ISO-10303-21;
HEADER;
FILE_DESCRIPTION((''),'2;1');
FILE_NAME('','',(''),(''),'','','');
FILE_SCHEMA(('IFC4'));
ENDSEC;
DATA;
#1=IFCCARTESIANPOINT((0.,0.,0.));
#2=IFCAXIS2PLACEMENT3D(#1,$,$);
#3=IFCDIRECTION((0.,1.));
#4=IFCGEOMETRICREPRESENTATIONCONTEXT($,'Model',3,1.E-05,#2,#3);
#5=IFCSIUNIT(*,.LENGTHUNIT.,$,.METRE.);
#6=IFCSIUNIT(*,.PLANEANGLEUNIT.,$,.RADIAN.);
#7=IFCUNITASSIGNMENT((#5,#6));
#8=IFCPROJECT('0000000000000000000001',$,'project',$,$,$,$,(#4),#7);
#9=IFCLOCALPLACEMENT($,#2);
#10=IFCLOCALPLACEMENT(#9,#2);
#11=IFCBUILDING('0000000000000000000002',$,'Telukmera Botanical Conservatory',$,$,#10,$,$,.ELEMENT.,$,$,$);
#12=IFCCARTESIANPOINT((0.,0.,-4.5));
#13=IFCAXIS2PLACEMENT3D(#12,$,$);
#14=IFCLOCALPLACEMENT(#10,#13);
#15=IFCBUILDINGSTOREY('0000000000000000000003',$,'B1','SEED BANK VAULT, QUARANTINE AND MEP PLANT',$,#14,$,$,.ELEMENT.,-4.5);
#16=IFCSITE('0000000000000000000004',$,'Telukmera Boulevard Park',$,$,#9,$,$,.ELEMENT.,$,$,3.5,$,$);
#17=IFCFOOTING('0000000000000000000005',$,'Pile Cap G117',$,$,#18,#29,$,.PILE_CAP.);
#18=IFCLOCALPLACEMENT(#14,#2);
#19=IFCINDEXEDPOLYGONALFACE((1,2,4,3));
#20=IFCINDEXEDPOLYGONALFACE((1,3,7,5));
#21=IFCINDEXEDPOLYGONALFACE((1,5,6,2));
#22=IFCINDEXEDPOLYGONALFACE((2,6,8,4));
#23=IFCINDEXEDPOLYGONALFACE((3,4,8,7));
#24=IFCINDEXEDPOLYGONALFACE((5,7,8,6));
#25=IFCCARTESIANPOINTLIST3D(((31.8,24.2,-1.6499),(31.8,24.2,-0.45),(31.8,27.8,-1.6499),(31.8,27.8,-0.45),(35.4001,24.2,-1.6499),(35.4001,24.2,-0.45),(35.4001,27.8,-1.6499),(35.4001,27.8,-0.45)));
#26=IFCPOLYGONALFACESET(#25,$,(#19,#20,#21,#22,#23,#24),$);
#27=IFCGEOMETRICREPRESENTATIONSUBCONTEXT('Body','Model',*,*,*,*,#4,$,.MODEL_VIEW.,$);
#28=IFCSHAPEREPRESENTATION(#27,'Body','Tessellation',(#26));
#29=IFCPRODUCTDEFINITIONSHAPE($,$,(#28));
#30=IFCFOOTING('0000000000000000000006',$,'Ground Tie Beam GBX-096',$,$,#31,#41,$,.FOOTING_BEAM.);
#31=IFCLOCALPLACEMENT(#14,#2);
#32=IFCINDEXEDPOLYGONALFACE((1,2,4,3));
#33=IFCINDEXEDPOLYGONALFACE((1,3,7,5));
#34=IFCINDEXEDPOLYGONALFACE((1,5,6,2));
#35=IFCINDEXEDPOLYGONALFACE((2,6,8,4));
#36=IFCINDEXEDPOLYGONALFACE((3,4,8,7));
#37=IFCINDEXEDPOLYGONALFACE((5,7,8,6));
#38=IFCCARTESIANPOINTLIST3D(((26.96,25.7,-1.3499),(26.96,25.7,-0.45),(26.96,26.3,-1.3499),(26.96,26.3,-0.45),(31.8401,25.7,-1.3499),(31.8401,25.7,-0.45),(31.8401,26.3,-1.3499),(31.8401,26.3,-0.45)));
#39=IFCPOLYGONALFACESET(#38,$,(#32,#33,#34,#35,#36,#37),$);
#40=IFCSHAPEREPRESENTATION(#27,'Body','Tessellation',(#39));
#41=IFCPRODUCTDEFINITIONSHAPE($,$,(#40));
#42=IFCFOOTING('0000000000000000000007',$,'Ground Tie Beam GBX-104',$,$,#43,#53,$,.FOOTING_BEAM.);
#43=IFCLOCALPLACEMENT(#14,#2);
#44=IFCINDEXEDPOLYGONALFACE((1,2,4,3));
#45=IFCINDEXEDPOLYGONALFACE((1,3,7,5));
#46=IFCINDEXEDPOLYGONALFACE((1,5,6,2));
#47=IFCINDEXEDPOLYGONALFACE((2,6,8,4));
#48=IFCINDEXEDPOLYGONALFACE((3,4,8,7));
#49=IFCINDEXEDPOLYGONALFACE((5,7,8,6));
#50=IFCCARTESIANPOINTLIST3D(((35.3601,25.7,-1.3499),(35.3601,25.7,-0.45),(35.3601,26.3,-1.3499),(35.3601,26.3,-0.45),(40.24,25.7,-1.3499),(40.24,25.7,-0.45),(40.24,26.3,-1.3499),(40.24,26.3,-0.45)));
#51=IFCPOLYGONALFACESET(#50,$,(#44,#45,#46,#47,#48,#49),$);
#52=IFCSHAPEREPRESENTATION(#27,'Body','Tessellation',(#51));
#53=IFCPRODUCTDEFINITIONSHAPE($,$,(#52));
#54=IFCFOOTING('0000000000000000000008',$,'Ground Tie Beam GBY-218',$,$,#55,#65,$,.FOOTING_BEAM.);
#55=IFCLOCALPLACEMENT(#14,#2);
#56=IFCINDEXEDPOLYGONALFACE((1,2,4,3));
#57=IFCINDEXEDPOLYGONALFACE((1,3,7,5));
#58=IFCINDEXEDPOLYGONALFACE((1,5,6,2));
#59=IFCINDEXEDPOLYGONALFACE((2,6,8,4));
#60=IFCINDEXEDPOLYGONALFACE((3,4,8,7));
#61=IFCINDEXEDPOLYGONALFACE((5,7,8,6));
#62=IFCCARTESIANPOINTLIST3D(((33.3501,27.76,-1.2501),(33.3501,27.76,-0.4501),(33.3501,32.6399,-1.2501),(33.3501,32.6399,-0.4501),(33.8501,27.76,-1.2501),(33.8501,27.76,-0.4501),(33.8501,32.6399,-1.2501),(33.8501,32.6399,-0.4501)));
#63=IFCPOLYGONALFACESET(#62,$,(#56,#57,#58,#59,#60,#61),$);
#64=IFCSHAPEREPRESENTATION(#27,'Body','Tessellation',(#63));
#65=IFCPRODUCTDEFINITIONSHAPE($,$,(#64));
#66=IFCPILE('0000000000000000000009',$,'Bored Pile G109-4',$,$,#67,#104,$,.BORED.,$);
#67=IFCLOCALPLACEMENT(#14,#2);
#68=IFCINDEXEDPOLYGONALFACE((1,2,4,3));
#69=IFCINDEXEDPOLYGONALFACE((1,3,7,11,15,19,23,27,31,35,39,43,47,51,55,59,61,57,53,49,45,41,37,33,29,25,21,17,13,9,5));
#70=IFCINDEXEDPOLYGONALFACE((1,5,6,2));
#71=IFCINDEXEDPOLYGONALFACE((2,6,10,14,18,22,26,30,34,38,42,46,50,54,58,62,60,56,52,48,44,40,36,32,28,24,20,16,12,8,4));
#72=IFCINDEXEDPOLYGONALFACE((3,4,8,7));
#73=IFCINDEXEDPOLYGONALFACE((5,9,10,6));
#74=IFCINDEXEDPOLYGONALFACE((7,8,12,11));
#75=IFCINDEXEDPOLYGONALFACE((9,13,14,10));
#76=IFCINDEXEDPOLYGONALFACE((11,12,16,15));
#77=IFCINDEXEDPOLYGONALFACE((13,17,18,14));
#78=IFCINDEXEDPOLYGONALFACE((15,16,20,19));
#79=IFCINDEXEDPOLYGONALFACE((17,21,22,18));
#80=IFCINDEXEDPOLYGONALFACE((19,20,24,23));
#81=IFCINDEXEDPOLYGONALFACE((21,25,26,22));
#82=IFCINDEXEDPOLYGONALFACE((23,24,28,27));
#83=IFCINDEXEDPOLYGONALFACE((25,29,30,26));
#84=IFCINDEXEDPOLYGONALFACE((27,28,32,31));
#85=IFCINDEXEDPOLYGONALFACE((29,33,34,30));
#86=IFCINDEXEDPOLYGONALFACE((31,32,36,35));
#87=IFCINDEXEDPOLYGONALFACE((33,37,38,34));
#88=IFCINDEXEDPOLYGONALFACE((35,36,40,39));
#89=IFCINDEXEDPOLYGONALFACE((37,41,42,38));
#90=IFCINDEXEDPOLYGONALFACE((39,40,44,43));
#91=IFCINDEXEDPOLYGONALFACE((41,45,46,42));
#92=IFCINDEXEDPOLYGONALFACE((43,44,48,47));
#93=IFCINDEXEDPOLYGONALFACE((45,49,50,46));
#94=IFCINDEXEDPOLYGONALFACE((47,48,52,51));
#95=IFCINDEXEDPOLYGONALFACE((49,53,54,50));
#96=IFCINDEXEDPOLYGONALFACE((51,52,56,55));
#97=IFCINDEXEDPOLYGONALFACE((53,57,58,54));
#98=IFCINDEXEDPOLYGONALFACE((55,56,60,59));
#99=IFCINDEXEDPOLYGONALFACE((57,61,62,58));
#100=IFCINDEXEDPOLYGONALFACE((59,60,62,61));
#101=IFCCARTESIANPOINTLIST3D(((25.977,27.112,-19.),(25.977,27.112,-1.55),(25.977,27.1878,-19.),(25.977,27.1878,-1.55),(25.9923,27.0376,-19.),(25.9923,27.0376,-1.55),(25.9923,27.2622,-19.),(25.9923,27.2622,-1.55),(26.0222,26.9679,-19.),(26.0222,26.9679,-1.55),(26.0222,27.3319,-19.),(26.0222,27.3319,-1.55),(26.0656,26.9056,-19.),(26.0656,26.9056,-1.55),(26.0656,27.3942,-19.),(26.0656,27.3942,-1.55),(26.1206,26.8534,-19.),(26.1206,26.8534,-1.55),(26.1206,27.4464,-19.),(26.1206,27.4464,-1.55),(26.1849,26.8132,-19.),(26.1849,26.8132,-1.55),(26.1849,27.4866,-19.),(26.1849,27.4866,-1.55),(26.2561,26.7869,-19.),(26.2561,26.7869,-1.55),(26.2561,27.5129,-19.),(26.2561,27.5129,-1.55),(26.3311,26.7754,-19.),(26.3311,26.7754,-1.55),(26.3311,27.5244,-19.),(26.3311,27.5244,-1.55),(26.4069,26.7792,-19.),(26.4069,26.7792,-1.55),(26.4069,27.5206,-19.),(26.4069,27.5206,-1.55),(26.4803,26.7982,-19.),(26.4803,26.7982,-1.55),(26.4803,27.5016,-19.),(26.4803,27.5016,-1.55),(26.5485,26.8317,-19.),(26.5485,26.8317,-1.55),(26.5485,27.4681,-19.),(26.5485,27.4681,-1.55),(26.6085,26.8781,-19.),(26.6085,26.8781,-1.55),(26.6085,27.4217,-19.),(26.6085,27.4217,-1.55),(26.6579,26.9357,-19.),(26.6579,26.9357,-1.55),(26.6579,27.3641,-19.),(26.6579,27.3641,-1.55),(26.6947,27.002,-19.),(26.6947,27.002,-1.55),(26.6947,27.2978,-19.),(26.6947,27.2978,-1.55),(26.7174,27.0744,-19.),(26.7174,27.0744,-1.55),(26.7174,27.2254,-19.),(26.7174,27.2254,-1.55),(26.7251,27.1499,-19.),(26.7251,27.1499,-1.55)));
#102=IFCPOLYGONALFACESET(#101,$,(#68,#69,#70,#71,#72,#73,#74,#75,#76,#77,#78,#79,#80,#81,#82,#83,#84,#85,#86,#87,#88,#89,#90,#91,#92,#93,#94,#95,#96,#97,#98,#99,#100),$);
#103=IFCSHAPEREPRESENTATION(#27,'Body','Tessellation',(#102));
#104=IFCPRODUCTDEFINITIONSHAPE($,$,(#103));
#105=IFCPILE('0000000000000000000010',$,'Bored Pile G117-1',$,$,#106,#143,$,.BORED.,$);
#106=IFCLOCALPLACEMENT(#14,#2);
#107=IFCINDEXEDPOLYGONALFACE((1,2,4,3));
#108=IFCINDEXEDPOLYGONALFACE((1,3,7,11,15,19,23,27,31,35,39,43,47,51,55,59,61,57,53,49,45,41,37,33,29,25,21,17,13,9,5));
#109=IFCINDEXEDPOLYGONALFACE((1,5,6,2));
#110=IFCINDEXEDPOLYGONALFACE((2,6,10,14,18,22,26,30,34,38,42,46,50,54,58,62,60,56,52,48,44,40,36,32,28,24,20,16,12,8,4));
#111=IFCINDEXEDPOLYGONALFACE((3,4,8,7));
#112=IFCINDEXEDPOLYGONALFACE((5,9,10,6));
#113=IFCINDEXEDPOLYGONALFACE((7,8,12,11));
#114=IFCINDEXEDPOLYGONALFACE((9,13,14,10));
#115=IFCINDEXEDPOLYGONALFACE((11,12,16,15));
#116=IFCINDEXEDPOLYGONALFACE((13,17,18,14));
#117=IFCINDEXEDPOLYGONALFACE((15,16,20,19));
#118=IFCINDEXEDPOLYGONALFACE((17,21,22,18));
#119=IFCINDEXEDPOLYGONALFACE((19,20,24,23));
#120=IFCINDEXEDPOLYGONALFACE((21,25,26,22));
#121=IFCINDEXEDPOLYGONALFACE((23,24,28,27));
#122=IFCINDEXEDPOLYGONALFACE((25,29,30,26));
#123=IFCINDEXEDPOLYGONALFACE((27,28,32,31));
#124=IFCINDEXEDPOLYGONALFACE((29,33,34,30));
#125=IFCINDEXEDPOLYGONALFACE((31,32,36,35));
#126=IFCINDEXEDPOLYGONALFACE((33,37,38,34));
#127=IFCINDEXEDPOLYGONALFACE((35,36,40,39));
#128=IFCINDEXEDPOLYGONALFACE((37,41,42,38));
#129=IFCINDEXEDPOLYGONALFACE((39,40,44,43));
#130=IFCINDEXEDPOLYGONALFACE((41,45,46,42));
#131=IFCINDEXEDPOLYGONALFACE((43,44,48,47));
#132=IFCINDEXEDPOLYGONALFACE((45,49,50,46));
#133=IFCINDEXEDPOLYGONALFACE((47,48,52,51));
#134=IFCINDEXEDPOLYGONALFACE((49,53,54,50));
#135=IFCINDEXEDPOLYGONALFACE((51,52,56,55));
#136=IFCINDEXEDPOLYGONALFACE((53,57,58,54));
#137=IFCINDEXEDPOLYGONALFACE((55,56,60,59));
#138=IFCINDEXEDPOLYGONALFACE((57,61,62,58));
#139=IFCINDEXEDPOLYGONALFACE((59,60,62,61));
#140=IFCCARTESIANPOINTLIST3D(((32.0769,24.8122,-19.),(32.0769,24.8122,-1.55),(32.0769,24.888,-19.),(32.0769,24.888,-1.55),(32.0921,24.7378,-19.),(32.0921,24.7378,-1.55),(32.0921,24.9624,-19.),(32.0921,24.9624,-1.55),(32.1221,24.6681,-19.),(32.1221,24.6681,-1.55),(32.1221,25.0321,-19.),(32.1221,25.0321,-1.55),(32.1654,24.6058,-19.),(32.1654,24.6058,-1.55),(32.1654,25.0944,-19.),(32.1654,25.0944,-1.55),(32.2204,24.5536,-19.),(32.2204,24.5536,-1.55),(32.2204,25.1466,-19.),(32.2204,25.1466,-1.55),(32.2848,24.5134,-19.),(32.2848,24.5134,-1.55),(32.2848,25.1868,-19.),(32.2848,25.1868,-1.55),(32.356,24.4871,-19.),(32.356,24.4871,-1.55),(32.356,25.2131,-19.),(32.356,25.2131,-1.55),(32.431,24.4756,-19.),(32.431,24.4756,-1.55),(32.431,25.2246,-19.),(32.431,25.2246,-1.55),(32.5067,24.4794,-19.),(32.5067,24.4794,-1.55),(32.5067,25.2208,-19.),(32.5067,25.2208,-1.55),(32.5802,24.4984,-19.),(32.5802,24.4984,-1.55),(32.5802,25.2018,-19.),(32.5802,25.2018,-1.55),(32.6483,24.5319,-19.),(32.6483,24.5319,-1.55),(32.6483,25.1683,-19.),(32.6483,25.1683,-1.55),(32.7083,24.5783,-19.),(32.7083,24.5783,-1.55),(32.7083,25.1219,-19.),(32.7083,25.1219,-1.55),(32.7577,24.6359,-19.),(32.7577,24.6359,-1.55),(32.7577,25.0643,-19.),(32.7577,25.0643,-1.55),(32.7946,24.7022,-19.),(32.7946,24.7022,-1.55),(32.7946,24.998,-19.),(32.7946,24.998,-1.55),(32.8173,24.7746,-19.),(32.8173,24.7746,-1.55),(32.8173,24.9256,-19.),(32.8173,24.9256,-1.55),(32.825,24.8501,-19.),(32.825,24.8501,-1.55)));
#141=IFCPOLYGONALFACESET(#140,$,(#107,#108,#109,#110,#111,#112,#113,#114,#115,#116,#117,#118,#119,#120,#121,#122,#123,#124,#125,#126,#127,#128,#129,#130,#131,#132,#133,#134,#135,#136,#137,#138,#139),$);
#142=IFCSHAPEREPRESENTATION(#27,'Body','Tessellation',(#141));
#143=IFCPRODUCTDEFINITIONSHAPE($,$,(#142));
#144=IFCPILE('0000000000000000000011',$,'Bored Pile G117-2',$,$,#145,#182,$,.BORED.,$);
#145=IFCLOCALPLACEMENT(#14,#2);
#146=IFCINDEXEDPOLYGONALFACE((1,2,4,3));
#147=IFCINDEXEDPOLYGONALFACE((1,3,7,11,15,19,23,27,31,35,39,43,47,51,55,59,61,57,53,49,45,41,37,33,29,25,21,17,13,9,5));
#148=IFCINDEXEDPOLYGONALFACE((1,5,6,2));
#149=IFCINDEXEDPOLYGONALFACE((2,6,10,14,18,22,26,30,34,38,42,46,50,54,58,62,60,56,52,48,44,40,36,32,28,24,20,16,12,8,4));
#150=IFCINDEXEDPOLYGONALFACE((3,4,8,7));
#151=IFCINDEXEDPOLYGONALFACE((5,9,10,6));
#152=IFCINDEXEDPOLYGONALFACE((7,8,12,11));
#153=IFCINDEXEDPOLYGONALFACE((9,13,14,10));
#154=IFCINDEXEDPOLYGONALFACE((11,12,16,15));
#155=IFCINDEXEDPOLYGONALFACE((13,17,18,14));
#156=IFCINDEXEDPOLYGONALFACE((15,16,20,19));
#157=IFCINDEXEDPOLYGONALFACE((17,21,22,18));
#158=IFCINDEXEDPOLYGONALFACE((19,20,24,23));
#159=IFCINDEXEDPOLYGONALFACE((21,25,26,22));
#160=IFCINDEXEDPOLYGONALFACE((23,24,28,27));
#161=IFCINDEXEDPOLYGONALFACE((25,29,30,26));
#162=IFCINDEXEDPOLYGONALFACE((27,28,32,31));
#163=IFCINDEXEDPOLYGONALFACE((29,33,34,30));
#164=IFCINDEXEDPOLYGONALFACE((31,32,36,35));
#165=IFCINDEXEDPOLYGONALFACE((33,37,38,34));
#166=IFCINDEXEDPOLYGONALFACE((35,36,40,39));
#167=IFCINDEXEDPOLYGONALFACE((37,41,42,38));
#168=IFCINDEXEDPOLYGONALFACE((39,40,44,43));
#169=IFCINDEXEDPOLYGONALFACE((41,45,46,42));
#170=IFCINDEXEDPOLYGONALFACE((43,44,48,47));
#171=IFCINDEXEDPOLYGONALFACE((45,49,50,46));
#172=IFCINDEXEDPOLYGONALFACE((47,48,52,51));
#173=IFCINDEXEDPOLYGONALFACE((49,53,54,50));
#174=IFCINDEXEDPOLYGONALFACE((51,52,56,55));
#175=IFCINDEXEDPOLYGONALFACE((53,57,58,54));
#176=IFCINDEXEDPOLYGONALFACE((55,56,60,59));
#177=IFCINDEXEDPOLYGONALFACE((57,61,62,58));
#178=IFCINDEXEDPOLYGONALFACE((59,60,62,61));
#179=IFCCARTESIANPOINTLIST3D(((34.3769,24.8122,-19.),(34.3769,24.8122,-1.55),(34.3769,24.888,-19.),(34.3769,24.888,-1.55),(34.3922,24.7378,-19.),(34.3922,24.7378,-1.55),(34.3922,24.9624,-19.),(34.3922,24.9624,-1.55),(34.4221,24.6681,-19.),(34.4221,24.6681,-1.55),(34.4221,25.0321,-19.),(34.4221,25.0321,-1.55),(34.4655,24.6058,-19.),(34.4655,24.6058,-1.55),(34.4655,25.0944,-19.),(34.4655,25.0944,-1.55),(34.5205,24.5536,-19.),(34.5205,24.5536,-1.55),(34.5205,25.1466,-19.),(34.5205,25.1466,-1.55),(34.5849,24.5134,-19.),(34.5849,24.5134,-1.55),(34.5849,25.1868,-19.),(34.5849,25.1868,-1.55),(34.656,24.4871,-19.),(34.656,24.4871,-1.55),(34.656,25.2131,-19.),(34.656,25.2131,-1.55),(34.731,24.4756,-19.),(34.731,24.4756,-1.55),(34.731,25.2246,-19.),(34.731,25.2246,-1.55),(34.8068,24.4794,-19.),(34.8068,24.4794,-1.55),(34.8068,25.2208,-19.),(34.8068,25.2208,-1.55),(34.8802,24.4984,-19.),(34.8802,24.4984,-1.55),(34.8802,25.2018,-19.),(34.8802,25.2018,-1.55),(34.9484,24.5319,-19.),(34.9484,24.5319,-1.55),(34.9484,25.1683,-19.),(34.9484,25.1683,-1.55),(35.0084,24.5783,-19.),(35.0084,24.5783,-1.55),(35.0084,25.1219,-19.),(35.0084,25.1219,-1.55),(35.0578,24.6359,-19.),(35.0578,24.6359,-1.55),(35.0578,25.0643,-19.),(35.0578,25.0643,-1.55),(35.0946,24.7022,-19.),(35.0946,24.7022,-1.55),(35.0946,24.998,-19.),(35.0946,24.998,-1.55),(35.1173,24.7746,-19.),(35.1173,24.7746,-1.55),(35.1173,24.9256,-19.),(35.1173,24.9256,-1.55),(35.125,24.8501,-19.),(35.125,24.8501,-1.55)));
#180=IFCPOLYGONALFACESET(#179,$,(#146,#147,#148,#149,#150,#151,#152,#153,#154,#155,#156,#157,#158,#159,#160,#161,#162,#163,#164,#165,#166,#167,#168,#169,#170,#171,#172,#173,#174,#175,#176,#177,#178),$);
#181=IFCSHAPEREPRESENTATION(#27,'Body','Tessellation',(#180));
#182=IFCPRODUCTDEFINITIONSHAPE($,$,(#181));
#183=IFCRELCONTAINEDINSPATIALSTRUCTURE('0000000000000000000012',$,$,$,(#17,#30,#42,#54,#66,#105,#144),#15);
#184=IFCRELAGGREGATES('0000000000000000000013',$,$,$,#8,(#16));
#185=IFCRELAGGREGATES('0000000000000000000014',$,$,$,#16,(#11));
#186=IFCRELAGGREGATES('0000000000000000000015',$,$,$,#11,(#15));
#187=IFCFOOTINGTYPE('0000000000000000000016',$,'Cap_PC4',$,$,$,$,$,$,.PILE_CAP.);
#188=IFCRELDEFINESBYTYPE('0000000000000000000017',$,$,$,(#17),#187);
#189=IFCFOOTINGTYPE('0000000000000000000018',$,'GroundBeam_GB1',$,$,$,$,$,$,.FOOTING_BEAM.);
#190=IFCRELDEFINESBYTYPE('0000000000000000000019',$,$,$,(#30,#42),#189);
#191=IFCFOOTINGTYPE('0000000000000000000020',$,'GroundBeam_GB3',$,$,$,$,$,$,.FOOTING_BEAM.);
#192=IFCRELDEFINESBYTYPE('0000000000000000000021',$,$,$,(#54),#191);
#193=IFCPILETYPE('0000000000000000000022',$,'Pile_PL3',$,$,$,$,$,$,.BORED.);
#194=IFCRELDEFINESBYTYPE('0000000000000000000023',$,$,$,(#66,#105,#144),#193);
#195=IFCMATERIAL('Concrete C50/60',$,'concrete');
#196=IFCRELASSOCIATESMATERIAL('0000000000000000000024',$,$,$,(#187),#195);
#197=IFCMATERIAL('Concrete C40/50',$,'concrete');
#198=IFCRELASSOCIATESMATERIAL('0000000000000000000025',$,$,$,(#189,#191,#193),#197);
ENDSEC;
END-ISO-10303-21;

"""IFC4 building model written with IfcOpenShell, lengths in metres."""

from ifc_helpers import new_model, si_unit, direction, frame, origin, origin_2d, place, context, subcontext, project, spatial, rectangle, circle, extrude, material, material_profile, profile_set, type_object, element, save


model = new_model("IFC4")

# Units and contexts
model_context = context("Model", 3, precision=1e-05, world=origin(), true_north=direction((0.0, 1.0)))
body_context = subcontext(model_context, "Body", "Model", "MODEL_VIEW")
ifc_project = project(units=[si_unit("LENGTHUNIT", "METRE"), si_unit("PLANEANGLEUNIT", "RADIAN")], contexts=[model_context])

# Site, building, storey
site_placement = place(None, origin())
site = spatial("IfcSite", under=ifc_project, at=site_placement, Name="Telukmera Boulevard Park", CompositionType="ELEMENT", RefElevation=3.5)
building_placement = place(site_placement, origin())
building = spatial("IfcBuilding", under=site, at=building_placement, Name="Telukmera Botanical Conservatory", CompositionType="ELEMENT")
storey_placement = place(building_placement, frame((0.0, 0.0, -4.5)))
storey = spatial("IfcBuildingStorey", under=building, at=storey_placement, Name="B1", Description="SEED BANK VAULT, QUARANTINE AND MEP PLANT", CompositionType="ELEMENT", Elevation=-4.5)

# Footings
ifc_material_1 = material(Name="Concrete C50/60", Category="concrete")
footing_type_1 = type_object("IfcFootingType", Name="Cap_PC4", PredefinedType="PILE_CAP", material=ifc_material_1)
footing_1_placement = place(storey_placement, frame((33.6001, 26.0, -1.6499), z_axis=(0.0, 0.0, 1.0), x_axis=(1.0, 0.0, 0.0)))
element("IfcFooting", 1, at=footing_1_placement, inside=storey, type_object=footing_type_1, Name="Pile Cap G117", PredefinedType="PILE_CAP", context=body_context, shape_type="SweptSolid", body=[
    extrude(rectangle(XDim=3.6001, YDim=3.6001, at=origin_2d()), origin(), (0.0, 0.0, 1.0), 1.2),
])
ifc_material_2 = material(Name="Concrete C40/50", Category="concrete")
ifc_material_profile_1 = material_profile(ifc_material_2, rectangle(XDim=0.6001, YDim=0.8999, at=origin_2d()), Name="RC 600x900")
ifc_profile_set_1 = profile_set([ifc_material_profile_1], Name="Concrete C40/50")
footing_type_2 = type_object("IfcFootingType", Name="GroundBeam_GB1", PredefinedType="FOOTING_BEAM", material=ifc_profile_set_1)
footing_2_placement = place(storey_placement, frame((26.96, 26.0, -0.8999), z_axis=(1.0, 0.0, 0.0), x_axis=(0.0, 1.0, 0.0)))
element("IfcFooting", 2, at=footing_2_placement, inside=storey, type_object=footing_type_2, Name="Ground Tie Beam GBX-096", PredefinedType="FOOTING_BEAM", context=body_context, shape_type="SweptSolid", body=[
    extrude(rectangle(XDim=0.6001, YDim=0.8999, at=origin_2d()), origin(), (0.0, 0.0, 1.0), 4.8801),
])
footing_3_placement = place(storey_placement, frame((35.3601, 26.0, -0.8999), z_axis=(1.0, 0.0, 0.0), x_axis=(0.0, 1.0, 0.0)))
element("IfcFooting", 3, at=footing_3_placement, inside=storey, type_object=footing_type_2, Name="Ground Tie Beam GBX-104", PredefinedType="FOOTING_BEAM", context=body_context, shape_type="SweptSolid", body=[
    extrude(rectangle(XDim=0.6001, YDim=0.8999, at=origin_2d()), origin(), (0.0, 0.0, 1.0), 4.8799),
])
ifc_material_profile_2 = material_profile(ifc_material_2, rectangle(XDim=0.5, YDim=0.8, at=origin_2d()), Name="RC 500x800")
ifc_profile_set_2 = profile_set([ifc_material_profile_2], Name="Concrete C40/50")
footing_type_3 = type_object("IfcFootingType", Name="GroundBeam_GB3", PredefinedType="FOOTING_BEAM", material=ifc_profile_set_2)
footing_4_placement = place(storey_placement, frame((33.6001, 27.76, -0.8501), z_axis=(0.0, 1.0, 0.0), x_axis=(-1.0, 0.0, 0.0)))
element("IfcFooting", 4, at=footing_4_placement, inside=storey, type_object=footing_type_3, Name="Ground Tie Beam GBY-218", PredefinedType="FOOTING_BEAM", context=body_context, shape_type="SweptSolid", body=[
    extrude(rectangle(XDim=0.5, YDim=0.8, at=origin_2d()), origin(), (0.0, 0.0, 1.0), 4.8799),
])

# Piles
ifc_material_profile_3 = material_profile(ifc_material_2, circle(Radius=0.375, at=origin_2d()), Name="PILE D750")
ifc_profile_set_3 = profile_set([ifc_material_profile_3], Name="Concrete C40/50")
pile_type = type_object("IfcPileType", Name="Pile_PL3", PredefinedType="BORED", material=ifc_profile_set_3)
for number, where, z_axis, x_axis, name in (
    (5, (26.3501, 27.1499, -1.55), (0.0, 0.0, -1.0), (1.0, 0.0, 0.0), "Bored Pile G109-4"),
    (6, (32.45, 24.8501, -1.55), (0.0, 0.0, -1.0), (1.0, 0.0, 0.0), "Bored Pile G117-1"),
    (7, (34.75, 24.8501, -1.55), (0.0, 0.0, -1.0), (1.0, 0.0, 0.0), "Bored Pile G117-2"),
):
    element("IfcPile", number, at=place(storey_placement, frame(where, z_axis=z_axis, x_axis=x_axis)), inside=storey, type_object=pile_type, Name=name, PredefinedType="BORED", context=body_context, shape_type="SweptSolid", body=[
        extrude(circle(Radius=0.375, at=origin_2d()), origin(), (0.0, 0.0, 1.0), 17.45),
    ])

save(model, "model.ifc")
